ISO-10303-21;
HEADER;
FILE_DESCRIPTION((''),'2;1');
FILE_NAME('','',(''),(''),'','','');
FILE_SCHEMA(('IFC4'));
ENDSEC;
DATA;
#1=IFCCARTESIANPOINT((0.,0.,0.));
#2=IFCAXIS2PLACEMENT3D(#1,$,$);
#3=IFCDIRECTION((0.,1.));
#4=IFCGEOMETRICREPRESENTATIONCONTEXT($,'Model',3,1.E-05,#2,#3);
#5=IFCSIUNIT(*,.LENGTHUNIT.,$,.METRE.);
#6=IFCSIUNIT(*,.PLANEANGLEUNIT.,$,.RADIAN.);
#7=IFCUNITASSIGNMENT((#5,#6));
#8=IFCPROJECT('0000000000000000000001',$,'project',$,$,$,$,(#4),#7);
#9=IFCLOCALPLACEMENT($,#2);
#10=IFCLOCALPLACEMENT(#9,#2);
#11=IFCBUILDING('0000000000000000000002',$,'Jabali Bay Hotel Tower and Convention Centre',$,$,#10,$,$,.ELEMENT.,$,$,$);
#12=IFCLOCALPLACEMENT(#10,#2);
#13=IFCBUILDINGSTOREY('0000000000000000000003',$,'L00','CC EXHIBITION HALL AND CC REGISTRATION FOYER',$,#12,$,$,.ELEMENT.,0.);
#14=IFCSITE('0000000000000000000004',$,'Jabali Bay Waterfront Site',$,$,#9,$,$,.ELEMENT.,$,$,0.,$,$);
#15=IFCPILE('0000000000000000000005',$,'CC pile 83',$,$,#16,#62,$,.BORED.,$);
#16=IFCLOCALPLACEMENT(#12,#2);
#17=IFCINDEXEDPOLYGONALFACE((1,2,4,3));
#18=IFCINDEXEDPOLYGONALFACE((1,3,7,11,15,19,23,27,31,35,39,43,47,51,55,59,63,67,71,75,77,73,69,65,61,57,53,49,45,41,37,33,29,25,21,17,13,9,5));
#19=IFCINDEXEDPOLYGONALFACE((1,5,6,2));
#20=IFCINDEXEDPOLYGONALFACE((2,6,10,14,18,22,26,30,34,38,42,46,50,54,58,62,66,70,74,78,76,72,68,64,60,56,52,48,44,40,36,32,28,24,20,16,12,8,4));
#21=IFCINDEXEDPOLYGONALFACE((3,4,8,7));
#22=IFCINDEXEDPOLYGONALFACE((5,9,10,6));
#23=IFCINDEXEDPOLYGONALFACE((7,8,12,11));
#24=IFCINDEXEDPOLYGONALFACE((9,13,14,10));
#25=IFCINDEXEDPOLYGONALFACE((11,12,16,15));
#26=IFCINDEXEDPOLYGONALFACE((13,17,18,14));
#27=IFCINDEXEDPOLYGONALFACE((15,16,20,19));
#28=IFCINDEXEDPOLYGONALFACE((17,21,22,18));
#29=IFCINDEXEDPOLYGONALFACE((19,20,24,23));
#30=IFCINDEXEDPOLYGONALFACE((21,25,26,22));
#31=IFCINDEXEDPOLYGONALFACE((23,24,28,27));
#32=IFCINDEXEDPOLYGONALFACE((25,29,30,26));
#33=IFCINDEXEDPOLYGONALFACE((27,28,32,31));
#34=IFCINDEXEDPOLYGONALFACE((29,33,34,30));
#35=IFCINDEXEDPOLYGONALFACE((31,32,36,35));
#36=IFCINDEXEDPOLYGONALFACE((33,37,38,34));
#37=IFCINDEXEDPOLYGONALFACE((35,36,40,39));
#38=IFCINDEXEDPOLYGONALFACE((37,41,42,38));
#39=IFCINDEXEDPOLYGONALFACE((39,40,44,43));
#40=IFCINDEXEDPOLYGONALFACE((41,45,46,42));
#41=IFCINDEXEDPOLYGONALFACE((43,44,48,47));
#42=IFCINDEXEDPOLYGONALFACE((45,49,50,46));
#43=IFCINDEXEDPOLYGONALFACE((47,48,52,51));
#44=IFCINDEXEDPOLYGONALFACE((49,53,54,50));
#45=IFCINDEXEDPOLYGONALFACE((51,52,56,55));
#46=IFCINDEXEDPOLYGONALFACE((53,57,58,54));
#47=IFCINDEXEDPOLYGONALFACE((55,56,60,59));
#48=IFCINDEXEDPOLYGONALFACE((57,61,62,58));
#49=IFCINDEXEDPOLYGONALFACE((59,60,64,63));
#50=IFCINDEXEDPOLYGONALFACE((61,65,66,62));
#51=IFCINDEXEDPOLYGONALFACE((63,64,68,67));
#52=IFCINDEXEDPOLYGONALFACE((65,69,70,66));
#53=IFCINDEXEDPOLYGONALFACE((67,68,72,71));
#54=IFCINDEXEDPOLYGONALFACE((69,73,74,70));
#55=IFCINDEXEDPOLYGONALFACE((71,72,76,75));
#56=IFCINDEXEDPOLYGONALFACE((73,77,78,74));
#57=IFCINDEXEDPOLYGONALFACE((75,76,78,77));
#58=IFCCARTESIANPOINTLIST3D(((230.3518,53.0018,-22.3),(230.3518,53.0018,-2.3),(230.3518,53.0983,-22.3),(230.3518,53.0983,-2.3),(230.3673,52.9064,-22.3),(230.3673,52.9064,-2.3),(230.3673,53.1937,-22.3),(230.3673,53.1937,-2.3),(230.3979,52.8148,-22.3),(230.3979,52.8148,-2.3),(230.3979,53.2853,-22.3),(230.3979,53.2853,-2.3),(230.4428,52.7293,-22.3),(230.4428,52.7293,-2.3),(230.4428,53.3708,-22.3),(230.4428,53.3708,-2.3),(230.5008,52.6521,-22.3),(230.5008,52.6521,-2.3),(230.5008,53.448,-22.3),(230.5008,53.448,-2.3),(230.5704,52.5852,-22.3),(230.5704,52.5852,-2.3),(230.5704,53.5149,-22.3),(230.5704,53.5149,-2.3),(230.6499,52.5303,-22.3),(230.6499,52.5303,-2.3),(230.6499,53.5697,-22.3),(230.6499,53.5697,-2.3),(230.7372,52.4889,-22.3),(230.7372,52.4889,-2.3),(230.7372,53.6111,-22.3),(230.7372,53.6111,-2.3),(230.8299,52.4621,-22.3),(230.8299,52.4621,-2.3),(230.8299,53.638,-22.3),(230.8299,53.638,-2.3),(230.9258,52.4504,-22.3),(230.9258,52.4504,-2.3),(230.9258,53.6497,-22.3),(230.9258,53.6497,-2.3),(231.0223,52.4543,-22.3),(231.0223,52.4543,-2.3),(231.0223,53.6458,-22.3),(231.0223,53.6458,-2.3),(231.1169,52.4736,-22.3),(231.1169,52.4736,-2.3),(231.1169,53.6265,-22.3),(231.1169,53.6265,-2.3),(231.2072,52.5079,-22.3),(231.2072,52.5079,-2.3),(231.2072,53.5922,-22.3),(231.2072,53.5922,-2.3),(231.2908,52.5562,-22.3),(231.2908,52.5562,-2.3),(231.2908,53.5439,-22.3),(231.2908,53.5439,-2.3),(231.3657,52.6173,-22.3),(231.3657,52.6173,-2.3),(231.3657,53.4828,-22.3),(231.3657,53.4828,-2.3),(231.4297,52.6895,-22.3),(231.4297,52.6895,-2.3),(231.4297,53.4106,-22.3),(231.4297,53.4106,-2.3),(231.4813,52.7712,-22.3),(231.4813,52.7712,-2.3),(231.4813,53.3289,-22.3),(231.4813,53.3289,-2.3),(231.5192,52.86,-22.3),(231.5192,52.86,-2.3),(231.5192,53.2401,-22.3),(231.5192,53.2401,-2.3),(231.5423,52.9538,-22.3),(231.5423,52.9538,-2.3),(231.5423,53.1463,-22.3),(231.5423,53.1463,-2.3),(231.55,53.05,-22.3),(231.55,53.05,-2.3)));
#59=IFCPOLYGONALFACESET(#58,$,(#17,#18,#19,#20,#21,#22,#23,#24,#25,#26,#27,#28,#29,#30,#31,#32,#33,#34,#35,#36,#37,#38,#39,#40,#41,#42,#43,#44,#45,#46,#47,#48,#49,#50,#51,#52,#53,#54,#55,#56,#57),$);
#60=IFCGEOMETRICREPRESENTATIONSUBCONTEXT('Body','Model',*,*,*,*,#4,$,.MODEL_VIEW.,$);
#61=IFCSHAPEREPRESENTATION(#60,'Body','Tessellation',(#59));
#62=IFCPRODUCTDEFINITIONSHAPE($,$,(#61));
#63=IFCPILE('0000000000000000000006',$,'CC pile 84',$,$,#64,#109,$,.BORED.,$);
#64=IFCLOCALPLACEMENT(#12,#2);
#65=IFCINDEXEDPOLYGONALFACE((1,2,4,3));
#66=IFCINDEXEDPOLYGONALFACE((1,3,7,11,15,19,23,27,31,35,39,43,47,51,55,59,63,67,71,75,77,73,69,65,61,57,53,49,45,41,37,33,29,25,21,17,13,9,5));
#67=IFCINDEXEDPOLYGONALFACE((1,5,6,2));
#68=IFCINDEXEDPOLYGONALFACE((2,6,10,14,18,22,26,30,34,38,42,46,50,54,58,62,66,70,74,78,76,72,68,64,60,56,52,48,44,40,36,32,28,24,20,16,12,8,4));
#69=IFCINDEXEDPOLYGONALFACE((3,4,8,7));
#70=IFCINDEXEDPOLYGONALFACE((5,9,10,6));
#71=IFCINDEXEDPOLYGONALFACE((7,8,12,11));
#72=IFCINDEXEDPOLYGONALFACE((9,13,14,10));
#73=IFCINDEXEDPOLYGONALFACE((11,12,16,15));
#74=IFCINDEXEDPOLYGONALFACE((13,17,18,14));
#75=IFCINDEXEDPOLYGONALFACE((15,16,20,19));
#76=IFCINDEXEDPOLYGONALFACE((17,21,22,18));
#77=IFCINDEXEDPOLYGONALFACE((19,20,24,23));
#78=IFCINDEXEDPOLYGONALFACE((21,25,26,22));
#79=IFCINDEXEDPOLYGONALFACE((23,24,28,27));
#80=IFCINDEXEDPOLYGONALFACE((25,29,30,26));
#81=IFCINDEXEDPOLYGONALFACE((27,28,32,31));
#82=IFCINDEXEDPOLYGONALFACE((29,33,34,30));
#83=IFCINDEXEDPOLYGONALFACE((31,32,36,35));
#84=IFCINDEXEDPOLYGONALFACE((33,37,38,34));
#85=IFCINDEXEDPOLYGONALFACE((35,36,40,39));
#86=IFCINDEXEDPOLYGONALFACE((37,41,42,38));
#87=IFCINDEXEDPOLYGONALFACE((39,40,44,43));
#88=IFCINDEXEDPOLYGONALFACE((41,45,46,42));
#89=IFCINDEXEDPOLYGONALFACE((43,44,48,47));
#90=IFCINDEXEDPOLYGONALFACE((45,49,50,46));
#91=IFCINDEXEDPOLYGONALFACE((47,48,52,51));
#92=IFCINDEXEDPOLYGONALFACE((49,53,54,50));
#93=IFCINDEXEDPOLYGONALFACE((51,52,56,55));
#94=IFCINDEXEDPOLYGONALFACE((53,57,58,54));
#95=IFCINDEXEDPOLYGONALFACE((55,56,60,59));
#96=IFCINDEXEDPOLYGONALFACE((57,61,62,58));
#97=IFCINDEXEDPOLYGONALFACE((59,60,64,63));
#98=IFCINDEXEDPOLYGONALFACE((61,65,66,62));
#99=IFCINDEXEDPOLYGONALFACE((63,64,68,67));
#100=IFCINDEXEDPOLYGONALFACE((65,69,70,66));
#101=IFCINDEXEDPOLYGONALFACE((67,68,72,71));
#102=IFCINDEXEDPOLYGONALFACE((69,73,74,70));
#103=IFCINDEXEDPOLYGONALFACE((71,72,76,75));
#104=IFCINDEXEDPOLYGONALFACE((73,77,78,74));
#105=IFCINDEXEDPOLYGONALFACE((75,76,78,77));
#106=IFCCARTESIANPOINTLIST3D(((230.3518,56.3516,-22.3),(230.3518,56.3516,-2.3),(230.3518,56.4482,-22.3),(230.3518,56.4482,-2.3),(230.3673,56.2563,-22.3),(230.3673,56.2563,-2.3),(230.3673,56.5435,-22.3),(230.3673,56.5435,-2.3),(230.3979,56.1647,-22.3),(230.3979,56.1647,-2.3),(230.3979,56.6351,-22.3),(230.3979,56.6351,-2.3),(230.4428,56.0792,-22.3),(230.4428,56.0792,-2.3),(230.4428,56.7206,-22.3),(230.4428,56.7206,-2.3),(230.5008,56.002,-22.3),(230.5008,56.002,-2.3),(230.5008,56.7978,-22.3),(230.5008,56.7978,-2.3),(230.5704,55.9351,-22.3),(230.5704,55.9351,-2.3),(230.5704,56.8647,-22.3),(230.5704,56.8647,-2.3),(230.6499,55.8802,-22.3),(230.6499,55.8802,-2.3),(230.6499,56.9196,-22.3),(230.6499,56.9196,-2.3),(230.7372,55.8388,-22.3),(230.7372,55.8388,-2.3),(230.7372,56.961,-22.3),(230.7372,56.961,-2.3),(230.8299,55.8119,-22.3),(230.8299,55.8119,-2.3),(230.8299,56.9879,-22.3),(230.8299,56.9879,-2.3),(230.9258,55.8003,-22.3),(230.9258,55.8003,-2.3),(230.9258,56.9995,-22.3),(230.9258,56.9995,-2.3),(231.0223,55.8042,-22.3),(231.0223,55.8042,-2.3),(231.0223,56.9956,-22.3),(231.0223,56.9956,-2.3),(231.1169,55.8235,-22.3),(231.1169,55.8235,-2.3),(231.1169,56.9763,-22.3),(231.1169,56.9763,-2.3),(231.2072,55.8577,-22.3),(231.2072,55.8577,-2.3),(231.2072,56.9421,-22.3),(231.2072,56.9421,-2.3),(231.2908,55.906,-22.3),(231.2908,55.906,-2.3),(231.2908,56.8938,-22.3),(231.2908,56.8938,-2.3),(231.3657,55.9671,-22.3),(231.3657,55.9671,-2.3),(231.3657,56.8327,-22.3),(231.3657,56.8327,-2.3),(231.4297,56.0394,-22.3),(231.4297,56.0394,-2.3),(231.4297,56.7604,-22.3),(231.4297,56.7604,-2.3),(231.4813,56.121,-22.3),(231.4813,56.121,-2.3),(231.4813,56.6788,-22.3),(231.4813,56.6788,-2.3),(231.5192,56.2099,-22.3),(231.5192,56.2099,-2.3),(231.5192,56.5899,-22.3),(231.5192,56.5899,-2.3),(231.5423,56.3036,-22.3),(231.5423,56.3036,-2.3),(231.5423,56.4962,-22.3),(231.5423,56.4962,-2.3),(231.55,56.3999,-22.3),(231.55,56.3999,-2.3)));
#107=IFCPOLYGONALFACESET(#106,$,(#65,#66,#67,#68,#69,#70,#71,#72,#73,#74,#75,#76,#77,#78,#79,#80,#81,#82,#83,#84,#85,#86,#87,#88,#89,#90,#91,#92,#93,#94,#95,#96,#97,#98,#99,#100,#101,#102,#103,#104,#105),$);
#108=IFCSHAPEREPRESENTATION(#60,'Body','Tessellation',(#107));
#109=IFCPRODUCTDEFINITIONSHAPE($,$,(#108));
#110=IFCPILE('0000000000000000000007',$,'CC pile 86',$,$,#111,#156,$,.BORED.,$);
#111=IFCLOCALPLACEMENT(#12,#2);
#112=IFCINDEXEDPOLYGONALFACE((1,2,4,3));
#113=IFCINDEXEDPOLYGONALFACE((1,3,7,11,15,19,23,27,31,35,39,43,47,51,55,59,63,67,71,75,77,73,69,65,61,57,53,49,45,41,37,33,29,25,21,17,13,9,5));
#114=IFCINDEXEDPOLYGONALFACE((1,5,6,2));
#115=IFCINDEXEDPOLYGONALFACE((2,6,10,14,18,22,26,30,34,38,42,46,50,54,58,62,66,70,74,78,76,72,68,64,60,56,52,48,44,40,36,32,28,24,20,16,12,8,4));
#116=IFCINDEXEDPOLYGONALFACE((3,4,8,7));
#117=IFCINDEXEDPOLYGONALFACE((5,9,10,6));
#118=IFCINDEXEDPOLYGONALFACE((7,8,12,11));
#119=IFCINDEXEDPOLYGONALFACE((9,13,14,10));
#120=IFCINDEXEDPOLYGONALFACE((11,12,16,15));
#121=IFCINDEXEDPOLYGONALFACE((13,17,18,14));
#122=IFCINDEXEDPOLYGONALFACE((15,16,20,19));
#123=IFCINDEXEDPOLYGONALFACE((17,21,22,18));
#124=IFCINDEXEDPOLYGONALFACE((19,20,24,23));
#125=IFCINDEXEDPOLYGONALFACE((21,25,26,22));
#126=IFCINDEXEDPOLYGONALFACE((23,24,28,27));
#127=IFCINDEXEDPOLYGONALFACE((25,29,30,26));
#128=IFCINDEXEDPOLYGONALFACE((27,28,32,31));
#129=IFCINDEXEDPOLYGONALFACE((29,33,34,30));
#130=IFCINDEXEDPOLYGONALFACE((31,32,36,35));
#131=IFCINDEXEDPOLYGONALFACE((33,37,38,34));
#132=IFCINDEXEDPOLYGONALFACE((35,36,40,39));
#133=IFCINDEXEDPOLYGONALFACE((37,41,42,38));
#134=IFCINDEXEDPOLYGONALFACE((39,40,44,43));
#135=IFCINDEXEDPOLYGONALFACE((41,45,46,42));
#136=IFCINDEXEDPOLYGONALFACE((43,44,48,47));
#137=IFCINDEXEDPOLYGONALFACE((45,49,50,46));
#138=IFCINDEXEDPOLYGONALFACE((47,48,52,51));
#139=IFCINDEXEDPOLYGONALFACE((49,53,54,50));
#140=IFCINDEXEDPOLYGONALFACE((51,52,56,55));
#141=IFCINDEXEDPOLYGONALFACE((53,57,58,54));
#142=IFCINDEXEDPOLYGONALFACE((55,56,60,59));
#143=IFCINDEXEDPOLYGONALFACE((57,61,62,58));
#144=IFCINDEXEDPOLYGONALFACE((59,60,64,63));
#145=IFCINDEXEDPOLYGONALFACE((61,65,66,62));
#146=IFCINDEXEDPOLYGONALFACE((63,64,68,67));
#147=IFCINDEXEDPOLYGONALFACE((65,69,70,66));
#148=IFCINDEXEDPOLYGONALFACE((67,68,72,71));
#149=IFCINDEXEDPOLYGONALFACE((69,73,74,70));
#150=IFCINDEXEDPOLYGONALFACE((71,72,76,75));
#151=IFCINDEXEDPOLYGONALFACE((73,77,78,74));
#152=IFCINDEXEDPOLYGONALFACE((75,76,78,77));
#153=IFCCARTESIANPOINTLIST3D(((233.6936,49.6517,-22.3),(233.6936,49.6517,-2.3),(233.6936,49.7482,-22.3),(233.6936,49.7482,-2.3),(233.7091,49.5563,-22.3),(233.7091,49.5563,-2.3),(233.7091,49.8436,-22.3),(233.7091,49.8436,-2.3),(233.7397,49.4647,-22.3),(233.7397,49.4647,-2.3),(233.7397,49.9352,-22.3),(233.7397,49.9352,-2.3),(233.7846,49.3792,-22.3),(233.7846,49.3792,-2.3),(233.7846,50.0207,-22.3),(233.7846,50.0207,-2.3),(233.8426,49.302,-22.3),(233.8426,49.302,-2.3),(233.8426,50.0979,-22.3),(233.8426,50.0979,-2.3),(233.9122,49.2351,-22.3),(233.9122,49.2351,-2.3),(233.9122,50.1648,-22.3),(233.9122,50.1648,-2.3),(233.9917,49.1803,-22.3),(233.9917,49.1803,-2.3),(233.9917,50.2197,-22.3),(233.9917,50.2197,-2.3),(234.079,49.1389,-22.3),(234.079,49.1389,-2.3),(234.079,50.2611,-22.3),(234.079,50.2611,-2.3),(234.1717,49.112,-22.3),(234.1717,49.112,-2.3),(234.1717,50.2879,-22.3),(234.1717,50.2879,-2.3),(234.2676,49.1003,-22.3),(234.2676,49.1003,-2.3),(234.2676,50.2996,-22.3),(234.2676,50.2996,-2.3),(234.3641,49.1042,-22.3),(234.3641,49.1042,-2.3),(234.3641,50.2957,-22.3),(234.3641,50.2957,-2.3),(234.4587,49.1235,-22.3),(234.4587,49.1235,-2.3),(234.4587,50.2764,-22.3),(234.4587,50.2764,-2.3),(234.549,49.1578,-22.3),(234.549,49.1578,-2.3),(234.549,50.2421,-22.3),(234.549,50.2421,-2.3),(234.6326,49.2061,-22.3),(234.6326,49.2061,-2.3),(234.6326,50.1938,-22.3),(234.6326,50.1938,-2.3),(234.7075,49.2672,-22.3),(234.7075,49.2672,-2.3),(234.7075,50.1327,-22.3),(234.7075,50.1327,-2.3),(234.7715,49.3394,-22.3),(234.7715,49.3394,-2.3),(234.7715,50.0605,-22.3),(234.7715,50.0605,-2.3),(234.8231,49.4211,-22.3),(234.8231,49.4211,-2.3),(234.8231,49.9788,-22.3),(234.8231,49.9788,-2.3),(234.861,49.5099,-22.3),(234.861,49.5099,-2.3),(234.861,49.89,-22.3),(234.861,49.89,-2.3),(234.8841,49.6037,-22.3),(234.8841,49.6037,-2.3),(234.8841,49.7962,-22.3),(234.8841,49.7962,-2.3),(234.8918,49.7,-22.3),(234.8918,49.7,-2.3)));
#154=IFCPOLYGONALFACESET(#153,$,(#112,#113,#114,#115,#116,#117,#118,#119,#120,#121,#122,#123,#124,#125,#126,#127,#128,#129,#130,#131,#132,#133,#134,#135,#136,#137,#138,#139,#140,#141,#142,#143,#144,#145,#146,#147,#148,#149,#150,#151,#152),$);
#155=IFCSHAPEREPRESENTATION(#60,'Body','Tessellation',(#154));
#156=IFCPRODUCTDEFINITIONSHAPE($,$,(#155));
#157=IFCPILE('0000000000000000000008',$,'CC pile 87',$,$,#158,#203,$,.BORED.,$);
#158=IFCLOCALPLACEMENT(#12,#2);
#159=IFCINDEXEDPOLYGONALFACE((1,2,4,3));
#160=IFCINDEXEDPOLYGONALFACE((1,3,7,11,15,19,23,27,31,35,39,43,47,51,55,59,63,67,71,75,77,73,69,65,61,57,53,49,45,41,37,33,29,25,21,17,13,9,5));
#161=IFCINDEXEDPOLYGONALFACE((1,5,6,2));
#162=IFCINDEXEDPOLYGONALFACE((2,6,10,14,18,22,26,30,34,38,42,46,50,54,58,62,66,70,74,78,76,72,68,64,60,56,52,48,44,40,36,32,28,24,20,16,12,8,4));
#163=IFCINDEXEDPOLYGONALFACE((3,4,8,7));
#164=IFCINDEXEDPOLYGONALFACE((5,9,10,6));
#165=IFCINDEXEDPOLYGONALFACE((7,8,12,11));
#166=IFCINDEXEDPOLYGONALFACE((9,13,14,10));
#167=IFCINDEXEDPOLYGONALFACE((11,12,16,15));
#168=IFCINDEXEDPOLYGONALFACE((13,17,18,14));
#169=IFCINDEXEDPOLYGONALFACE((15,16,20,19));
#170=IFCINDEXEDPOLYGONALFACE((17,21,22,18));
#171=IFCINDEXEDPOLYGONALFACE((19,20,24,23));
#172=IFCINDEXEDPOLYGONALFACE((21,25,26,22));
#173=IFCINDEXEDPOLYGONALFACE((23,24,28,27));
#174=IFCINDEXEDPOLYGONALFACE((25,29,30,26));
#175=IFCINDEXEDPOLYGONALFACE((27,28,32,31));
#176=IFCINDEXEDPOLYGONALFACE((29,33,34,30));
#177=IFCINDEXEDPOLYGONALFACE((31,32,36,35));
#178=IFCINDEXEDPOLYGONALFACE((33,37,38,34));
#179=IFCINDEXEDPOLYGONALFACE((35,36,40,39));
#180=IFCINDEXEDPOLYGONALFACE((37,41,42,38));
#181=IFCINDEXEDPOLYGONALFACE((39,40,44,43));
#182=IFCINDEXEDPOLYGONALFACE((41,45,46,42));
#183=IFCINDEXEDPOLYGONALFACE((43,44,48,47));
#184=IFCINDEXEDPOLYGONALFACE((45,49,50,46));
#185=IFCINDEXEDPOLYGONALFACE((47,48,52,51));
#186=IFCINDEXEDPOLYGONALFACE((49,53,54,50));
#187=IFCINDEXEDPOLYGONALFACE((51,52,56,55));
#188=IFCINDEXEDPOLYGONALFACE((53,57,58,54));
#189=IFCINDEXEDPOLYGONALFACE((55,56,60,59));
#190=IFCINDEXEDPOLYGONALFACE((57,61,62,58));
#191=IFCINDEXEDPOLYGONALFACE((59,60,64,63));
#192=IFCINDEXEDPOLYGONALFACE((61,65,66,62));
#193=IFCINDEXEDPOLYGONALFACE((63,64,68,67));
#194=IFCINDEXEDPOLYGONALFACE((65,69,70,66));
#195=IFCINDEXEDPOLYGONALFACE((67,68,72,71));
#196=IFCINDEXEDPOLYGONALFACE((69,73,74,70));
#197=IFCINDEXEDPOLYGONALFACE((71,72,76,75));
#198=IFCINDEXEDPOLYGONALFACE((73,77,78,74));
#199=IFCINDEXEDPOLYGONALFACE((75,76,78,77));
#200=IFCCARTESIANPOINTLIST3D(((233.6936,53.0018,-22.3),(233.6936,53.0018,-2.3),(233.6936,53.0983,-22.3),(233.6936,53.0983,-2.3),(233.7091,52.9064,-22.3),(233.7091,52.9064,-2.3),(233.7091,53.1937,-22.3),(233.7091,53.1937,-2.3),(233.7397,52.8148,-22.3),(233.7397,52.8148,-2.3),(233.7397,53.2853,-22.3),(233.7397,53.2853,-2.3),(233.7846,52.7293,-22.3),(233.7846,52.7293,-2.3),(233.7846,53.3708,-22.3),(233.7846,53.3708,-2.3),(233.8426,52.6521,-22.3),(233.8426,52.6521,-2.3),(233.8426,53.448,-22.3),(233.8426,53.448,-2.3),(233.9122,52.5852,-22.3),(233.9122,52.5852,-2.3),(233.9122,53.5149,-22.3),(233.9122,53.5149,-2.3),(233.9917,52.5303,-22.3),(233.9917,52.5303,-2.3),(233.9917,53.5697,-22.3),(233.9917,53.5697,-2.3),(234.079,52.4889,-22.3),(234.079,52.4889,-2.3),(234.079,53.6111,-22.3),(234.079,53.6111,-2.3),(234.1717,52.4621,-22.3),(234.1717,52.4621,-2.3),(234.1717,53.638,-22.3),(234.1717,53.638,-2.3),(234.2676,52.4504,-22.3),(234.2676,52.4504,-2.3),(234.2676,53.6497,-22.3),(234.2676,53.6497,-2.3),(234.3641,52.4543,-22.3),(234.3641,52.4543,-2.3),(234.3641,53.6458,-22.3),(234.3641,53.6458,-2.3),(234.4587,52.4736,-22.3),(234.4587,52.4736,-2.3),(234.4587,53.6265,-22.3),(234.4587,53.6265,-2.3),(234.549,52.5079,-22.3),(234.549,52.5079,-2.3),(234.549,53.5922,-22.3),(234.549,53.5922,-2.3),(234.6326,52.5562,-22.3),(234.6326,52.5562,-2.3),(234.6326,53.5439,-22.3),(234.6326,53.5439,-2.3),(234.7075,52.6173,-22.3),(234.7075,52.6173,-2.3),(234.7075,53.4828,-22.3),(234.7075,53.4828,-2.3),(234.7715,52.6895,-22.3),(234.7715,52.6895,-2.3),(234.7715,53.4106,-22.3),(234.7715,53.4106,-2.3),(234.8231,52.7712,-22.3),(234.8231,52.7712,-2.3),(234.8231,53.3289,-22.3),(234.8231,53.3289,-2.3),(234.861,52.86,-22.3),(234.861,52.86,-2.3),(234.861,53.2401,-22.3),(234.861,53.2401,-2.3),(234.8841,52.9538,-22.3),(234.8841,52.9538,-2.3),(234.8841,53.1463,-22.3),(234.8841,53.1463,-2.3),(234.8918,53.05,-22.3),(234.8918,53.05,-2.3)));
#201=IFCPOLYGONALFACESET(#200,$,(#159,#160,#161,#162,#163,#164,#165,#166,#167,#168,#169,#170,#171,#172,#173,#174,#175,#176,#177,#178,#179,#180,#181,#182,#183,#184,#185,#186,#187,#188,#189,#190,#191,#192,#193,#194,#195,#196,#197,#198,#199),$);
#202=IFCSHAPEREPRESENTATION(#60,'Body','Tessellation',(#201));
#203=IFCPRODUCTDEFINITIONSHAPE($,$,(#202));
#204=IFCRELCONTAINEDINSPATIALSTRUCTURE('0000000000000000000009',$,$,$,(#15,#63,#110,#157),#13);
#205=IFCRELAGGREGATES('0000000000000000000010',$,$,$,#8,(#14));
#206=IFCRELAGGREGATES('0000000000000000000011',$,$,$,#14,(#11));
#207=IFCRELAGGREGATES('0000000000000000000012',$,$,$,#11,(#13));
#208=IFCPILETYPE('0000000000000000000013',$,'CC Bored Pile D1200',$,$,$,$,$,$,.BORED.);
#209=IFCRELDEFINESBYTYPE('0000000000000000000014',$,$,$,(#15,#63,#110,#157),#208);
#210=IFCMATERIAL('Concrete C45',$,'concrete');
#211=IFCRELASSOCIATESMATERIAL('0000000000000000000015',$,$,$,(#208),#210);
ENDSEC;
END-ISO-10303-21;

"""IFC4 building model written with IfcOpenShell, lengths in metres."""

from ifc_helpers import new_model, si_unit, direction, frame, origin, origin_2d, place, context, subcontext, project, spatial, circle, extrude, material, material_profile, profile_set, type_object, element, save


model = new_model("IFC4")

# Units and contexts
model_context = context("Model", 3, precision=1e-05, world=origin(), true_north=direction((0.0, 1.0)))
body_context = subcontext(model_context, "Body", "Model", "MODEL_VIEW")
ifc_project = project(units=[si_unit("LENGTHUNIT", "METRE"), si_unit("PLANEANGLEUNIT", "RADIAN")], contexts=[model_context])

# Site, building, storey
site_placement = place(None, origin())
site = spatial("IfcSite", under=ifc_project, at=site_placement, Name="Jabali Bay Waterfront Site", CompositionType="ELEMENT", RefElevation=0.0)
building_placement = place(site_placement, origin())
building = spatial("IfcBuilding", under=site, at=building_placement, Name="Jabali Bay Hotel Tower and Convention Centre", CompositionType="ELEMENT")
storey_placement = place(building_placement, origin())
storey = spatial("IfcBuildingStorey", under=building, at=storey_placement, Name="L00", Description="CC EXHIBITION HALL AND CC REGISTRATION FOYER", CompositionType="ELEMENT", Elevation=0.0)

# Piles
ifc_material_1 = material(Name="Concrete C45", Category="concrete")
ifc_material_profile = material_profile(ifc_material_1, circle(Radius=0.6001, at=origin_2d()), Name="D1200")
ifc_profile_set = profile_set([ifc_material_profile], Name="Concrete C45")
pile_type = type_object("IfcPileType", Name="CC Bored Pile D1200", PredefinedType="BORED", material=ifc_profile_set)
for number, where, z_axis, x_axis, name in (
    (1, (230.95, 53.05, -2.3), (0.0, 0.0, -1.0), (1.0, 0.0, 0.0), "CC pile 83"),
    (2, (230.95, 56.3999, -2.3), (0.0, 0.0, -1.0), (1.0, 0.0, 0.0), "CC pile 84"),
    (3, (234.2917, 49.7, -2.3), (0.0, 0.0, -1.0), (1.0, 0.0, 0.0), "CC pile 86"),
    (4, (234.2917, 53.05, -2.3), (0.0, 0.0, -1.0), (1.0, 0.0, 0.0), "CC pile 87"),
):
    element("IfcPile", number, at=place(storey_placement, frame(where, z_axis=z_axis, x_axis=x_axis)), inside=storey, type_object=pile_type, Name=name, PredefinedType="BORED", context=body_context, shape_type="SweptSolid", body=[
        extrude(circle(Radius=0.6001, at=origin_2d()), origin(), (0.0, 0.0, 1.0), 20.0),
    ])

save(model, "model.ifc")
